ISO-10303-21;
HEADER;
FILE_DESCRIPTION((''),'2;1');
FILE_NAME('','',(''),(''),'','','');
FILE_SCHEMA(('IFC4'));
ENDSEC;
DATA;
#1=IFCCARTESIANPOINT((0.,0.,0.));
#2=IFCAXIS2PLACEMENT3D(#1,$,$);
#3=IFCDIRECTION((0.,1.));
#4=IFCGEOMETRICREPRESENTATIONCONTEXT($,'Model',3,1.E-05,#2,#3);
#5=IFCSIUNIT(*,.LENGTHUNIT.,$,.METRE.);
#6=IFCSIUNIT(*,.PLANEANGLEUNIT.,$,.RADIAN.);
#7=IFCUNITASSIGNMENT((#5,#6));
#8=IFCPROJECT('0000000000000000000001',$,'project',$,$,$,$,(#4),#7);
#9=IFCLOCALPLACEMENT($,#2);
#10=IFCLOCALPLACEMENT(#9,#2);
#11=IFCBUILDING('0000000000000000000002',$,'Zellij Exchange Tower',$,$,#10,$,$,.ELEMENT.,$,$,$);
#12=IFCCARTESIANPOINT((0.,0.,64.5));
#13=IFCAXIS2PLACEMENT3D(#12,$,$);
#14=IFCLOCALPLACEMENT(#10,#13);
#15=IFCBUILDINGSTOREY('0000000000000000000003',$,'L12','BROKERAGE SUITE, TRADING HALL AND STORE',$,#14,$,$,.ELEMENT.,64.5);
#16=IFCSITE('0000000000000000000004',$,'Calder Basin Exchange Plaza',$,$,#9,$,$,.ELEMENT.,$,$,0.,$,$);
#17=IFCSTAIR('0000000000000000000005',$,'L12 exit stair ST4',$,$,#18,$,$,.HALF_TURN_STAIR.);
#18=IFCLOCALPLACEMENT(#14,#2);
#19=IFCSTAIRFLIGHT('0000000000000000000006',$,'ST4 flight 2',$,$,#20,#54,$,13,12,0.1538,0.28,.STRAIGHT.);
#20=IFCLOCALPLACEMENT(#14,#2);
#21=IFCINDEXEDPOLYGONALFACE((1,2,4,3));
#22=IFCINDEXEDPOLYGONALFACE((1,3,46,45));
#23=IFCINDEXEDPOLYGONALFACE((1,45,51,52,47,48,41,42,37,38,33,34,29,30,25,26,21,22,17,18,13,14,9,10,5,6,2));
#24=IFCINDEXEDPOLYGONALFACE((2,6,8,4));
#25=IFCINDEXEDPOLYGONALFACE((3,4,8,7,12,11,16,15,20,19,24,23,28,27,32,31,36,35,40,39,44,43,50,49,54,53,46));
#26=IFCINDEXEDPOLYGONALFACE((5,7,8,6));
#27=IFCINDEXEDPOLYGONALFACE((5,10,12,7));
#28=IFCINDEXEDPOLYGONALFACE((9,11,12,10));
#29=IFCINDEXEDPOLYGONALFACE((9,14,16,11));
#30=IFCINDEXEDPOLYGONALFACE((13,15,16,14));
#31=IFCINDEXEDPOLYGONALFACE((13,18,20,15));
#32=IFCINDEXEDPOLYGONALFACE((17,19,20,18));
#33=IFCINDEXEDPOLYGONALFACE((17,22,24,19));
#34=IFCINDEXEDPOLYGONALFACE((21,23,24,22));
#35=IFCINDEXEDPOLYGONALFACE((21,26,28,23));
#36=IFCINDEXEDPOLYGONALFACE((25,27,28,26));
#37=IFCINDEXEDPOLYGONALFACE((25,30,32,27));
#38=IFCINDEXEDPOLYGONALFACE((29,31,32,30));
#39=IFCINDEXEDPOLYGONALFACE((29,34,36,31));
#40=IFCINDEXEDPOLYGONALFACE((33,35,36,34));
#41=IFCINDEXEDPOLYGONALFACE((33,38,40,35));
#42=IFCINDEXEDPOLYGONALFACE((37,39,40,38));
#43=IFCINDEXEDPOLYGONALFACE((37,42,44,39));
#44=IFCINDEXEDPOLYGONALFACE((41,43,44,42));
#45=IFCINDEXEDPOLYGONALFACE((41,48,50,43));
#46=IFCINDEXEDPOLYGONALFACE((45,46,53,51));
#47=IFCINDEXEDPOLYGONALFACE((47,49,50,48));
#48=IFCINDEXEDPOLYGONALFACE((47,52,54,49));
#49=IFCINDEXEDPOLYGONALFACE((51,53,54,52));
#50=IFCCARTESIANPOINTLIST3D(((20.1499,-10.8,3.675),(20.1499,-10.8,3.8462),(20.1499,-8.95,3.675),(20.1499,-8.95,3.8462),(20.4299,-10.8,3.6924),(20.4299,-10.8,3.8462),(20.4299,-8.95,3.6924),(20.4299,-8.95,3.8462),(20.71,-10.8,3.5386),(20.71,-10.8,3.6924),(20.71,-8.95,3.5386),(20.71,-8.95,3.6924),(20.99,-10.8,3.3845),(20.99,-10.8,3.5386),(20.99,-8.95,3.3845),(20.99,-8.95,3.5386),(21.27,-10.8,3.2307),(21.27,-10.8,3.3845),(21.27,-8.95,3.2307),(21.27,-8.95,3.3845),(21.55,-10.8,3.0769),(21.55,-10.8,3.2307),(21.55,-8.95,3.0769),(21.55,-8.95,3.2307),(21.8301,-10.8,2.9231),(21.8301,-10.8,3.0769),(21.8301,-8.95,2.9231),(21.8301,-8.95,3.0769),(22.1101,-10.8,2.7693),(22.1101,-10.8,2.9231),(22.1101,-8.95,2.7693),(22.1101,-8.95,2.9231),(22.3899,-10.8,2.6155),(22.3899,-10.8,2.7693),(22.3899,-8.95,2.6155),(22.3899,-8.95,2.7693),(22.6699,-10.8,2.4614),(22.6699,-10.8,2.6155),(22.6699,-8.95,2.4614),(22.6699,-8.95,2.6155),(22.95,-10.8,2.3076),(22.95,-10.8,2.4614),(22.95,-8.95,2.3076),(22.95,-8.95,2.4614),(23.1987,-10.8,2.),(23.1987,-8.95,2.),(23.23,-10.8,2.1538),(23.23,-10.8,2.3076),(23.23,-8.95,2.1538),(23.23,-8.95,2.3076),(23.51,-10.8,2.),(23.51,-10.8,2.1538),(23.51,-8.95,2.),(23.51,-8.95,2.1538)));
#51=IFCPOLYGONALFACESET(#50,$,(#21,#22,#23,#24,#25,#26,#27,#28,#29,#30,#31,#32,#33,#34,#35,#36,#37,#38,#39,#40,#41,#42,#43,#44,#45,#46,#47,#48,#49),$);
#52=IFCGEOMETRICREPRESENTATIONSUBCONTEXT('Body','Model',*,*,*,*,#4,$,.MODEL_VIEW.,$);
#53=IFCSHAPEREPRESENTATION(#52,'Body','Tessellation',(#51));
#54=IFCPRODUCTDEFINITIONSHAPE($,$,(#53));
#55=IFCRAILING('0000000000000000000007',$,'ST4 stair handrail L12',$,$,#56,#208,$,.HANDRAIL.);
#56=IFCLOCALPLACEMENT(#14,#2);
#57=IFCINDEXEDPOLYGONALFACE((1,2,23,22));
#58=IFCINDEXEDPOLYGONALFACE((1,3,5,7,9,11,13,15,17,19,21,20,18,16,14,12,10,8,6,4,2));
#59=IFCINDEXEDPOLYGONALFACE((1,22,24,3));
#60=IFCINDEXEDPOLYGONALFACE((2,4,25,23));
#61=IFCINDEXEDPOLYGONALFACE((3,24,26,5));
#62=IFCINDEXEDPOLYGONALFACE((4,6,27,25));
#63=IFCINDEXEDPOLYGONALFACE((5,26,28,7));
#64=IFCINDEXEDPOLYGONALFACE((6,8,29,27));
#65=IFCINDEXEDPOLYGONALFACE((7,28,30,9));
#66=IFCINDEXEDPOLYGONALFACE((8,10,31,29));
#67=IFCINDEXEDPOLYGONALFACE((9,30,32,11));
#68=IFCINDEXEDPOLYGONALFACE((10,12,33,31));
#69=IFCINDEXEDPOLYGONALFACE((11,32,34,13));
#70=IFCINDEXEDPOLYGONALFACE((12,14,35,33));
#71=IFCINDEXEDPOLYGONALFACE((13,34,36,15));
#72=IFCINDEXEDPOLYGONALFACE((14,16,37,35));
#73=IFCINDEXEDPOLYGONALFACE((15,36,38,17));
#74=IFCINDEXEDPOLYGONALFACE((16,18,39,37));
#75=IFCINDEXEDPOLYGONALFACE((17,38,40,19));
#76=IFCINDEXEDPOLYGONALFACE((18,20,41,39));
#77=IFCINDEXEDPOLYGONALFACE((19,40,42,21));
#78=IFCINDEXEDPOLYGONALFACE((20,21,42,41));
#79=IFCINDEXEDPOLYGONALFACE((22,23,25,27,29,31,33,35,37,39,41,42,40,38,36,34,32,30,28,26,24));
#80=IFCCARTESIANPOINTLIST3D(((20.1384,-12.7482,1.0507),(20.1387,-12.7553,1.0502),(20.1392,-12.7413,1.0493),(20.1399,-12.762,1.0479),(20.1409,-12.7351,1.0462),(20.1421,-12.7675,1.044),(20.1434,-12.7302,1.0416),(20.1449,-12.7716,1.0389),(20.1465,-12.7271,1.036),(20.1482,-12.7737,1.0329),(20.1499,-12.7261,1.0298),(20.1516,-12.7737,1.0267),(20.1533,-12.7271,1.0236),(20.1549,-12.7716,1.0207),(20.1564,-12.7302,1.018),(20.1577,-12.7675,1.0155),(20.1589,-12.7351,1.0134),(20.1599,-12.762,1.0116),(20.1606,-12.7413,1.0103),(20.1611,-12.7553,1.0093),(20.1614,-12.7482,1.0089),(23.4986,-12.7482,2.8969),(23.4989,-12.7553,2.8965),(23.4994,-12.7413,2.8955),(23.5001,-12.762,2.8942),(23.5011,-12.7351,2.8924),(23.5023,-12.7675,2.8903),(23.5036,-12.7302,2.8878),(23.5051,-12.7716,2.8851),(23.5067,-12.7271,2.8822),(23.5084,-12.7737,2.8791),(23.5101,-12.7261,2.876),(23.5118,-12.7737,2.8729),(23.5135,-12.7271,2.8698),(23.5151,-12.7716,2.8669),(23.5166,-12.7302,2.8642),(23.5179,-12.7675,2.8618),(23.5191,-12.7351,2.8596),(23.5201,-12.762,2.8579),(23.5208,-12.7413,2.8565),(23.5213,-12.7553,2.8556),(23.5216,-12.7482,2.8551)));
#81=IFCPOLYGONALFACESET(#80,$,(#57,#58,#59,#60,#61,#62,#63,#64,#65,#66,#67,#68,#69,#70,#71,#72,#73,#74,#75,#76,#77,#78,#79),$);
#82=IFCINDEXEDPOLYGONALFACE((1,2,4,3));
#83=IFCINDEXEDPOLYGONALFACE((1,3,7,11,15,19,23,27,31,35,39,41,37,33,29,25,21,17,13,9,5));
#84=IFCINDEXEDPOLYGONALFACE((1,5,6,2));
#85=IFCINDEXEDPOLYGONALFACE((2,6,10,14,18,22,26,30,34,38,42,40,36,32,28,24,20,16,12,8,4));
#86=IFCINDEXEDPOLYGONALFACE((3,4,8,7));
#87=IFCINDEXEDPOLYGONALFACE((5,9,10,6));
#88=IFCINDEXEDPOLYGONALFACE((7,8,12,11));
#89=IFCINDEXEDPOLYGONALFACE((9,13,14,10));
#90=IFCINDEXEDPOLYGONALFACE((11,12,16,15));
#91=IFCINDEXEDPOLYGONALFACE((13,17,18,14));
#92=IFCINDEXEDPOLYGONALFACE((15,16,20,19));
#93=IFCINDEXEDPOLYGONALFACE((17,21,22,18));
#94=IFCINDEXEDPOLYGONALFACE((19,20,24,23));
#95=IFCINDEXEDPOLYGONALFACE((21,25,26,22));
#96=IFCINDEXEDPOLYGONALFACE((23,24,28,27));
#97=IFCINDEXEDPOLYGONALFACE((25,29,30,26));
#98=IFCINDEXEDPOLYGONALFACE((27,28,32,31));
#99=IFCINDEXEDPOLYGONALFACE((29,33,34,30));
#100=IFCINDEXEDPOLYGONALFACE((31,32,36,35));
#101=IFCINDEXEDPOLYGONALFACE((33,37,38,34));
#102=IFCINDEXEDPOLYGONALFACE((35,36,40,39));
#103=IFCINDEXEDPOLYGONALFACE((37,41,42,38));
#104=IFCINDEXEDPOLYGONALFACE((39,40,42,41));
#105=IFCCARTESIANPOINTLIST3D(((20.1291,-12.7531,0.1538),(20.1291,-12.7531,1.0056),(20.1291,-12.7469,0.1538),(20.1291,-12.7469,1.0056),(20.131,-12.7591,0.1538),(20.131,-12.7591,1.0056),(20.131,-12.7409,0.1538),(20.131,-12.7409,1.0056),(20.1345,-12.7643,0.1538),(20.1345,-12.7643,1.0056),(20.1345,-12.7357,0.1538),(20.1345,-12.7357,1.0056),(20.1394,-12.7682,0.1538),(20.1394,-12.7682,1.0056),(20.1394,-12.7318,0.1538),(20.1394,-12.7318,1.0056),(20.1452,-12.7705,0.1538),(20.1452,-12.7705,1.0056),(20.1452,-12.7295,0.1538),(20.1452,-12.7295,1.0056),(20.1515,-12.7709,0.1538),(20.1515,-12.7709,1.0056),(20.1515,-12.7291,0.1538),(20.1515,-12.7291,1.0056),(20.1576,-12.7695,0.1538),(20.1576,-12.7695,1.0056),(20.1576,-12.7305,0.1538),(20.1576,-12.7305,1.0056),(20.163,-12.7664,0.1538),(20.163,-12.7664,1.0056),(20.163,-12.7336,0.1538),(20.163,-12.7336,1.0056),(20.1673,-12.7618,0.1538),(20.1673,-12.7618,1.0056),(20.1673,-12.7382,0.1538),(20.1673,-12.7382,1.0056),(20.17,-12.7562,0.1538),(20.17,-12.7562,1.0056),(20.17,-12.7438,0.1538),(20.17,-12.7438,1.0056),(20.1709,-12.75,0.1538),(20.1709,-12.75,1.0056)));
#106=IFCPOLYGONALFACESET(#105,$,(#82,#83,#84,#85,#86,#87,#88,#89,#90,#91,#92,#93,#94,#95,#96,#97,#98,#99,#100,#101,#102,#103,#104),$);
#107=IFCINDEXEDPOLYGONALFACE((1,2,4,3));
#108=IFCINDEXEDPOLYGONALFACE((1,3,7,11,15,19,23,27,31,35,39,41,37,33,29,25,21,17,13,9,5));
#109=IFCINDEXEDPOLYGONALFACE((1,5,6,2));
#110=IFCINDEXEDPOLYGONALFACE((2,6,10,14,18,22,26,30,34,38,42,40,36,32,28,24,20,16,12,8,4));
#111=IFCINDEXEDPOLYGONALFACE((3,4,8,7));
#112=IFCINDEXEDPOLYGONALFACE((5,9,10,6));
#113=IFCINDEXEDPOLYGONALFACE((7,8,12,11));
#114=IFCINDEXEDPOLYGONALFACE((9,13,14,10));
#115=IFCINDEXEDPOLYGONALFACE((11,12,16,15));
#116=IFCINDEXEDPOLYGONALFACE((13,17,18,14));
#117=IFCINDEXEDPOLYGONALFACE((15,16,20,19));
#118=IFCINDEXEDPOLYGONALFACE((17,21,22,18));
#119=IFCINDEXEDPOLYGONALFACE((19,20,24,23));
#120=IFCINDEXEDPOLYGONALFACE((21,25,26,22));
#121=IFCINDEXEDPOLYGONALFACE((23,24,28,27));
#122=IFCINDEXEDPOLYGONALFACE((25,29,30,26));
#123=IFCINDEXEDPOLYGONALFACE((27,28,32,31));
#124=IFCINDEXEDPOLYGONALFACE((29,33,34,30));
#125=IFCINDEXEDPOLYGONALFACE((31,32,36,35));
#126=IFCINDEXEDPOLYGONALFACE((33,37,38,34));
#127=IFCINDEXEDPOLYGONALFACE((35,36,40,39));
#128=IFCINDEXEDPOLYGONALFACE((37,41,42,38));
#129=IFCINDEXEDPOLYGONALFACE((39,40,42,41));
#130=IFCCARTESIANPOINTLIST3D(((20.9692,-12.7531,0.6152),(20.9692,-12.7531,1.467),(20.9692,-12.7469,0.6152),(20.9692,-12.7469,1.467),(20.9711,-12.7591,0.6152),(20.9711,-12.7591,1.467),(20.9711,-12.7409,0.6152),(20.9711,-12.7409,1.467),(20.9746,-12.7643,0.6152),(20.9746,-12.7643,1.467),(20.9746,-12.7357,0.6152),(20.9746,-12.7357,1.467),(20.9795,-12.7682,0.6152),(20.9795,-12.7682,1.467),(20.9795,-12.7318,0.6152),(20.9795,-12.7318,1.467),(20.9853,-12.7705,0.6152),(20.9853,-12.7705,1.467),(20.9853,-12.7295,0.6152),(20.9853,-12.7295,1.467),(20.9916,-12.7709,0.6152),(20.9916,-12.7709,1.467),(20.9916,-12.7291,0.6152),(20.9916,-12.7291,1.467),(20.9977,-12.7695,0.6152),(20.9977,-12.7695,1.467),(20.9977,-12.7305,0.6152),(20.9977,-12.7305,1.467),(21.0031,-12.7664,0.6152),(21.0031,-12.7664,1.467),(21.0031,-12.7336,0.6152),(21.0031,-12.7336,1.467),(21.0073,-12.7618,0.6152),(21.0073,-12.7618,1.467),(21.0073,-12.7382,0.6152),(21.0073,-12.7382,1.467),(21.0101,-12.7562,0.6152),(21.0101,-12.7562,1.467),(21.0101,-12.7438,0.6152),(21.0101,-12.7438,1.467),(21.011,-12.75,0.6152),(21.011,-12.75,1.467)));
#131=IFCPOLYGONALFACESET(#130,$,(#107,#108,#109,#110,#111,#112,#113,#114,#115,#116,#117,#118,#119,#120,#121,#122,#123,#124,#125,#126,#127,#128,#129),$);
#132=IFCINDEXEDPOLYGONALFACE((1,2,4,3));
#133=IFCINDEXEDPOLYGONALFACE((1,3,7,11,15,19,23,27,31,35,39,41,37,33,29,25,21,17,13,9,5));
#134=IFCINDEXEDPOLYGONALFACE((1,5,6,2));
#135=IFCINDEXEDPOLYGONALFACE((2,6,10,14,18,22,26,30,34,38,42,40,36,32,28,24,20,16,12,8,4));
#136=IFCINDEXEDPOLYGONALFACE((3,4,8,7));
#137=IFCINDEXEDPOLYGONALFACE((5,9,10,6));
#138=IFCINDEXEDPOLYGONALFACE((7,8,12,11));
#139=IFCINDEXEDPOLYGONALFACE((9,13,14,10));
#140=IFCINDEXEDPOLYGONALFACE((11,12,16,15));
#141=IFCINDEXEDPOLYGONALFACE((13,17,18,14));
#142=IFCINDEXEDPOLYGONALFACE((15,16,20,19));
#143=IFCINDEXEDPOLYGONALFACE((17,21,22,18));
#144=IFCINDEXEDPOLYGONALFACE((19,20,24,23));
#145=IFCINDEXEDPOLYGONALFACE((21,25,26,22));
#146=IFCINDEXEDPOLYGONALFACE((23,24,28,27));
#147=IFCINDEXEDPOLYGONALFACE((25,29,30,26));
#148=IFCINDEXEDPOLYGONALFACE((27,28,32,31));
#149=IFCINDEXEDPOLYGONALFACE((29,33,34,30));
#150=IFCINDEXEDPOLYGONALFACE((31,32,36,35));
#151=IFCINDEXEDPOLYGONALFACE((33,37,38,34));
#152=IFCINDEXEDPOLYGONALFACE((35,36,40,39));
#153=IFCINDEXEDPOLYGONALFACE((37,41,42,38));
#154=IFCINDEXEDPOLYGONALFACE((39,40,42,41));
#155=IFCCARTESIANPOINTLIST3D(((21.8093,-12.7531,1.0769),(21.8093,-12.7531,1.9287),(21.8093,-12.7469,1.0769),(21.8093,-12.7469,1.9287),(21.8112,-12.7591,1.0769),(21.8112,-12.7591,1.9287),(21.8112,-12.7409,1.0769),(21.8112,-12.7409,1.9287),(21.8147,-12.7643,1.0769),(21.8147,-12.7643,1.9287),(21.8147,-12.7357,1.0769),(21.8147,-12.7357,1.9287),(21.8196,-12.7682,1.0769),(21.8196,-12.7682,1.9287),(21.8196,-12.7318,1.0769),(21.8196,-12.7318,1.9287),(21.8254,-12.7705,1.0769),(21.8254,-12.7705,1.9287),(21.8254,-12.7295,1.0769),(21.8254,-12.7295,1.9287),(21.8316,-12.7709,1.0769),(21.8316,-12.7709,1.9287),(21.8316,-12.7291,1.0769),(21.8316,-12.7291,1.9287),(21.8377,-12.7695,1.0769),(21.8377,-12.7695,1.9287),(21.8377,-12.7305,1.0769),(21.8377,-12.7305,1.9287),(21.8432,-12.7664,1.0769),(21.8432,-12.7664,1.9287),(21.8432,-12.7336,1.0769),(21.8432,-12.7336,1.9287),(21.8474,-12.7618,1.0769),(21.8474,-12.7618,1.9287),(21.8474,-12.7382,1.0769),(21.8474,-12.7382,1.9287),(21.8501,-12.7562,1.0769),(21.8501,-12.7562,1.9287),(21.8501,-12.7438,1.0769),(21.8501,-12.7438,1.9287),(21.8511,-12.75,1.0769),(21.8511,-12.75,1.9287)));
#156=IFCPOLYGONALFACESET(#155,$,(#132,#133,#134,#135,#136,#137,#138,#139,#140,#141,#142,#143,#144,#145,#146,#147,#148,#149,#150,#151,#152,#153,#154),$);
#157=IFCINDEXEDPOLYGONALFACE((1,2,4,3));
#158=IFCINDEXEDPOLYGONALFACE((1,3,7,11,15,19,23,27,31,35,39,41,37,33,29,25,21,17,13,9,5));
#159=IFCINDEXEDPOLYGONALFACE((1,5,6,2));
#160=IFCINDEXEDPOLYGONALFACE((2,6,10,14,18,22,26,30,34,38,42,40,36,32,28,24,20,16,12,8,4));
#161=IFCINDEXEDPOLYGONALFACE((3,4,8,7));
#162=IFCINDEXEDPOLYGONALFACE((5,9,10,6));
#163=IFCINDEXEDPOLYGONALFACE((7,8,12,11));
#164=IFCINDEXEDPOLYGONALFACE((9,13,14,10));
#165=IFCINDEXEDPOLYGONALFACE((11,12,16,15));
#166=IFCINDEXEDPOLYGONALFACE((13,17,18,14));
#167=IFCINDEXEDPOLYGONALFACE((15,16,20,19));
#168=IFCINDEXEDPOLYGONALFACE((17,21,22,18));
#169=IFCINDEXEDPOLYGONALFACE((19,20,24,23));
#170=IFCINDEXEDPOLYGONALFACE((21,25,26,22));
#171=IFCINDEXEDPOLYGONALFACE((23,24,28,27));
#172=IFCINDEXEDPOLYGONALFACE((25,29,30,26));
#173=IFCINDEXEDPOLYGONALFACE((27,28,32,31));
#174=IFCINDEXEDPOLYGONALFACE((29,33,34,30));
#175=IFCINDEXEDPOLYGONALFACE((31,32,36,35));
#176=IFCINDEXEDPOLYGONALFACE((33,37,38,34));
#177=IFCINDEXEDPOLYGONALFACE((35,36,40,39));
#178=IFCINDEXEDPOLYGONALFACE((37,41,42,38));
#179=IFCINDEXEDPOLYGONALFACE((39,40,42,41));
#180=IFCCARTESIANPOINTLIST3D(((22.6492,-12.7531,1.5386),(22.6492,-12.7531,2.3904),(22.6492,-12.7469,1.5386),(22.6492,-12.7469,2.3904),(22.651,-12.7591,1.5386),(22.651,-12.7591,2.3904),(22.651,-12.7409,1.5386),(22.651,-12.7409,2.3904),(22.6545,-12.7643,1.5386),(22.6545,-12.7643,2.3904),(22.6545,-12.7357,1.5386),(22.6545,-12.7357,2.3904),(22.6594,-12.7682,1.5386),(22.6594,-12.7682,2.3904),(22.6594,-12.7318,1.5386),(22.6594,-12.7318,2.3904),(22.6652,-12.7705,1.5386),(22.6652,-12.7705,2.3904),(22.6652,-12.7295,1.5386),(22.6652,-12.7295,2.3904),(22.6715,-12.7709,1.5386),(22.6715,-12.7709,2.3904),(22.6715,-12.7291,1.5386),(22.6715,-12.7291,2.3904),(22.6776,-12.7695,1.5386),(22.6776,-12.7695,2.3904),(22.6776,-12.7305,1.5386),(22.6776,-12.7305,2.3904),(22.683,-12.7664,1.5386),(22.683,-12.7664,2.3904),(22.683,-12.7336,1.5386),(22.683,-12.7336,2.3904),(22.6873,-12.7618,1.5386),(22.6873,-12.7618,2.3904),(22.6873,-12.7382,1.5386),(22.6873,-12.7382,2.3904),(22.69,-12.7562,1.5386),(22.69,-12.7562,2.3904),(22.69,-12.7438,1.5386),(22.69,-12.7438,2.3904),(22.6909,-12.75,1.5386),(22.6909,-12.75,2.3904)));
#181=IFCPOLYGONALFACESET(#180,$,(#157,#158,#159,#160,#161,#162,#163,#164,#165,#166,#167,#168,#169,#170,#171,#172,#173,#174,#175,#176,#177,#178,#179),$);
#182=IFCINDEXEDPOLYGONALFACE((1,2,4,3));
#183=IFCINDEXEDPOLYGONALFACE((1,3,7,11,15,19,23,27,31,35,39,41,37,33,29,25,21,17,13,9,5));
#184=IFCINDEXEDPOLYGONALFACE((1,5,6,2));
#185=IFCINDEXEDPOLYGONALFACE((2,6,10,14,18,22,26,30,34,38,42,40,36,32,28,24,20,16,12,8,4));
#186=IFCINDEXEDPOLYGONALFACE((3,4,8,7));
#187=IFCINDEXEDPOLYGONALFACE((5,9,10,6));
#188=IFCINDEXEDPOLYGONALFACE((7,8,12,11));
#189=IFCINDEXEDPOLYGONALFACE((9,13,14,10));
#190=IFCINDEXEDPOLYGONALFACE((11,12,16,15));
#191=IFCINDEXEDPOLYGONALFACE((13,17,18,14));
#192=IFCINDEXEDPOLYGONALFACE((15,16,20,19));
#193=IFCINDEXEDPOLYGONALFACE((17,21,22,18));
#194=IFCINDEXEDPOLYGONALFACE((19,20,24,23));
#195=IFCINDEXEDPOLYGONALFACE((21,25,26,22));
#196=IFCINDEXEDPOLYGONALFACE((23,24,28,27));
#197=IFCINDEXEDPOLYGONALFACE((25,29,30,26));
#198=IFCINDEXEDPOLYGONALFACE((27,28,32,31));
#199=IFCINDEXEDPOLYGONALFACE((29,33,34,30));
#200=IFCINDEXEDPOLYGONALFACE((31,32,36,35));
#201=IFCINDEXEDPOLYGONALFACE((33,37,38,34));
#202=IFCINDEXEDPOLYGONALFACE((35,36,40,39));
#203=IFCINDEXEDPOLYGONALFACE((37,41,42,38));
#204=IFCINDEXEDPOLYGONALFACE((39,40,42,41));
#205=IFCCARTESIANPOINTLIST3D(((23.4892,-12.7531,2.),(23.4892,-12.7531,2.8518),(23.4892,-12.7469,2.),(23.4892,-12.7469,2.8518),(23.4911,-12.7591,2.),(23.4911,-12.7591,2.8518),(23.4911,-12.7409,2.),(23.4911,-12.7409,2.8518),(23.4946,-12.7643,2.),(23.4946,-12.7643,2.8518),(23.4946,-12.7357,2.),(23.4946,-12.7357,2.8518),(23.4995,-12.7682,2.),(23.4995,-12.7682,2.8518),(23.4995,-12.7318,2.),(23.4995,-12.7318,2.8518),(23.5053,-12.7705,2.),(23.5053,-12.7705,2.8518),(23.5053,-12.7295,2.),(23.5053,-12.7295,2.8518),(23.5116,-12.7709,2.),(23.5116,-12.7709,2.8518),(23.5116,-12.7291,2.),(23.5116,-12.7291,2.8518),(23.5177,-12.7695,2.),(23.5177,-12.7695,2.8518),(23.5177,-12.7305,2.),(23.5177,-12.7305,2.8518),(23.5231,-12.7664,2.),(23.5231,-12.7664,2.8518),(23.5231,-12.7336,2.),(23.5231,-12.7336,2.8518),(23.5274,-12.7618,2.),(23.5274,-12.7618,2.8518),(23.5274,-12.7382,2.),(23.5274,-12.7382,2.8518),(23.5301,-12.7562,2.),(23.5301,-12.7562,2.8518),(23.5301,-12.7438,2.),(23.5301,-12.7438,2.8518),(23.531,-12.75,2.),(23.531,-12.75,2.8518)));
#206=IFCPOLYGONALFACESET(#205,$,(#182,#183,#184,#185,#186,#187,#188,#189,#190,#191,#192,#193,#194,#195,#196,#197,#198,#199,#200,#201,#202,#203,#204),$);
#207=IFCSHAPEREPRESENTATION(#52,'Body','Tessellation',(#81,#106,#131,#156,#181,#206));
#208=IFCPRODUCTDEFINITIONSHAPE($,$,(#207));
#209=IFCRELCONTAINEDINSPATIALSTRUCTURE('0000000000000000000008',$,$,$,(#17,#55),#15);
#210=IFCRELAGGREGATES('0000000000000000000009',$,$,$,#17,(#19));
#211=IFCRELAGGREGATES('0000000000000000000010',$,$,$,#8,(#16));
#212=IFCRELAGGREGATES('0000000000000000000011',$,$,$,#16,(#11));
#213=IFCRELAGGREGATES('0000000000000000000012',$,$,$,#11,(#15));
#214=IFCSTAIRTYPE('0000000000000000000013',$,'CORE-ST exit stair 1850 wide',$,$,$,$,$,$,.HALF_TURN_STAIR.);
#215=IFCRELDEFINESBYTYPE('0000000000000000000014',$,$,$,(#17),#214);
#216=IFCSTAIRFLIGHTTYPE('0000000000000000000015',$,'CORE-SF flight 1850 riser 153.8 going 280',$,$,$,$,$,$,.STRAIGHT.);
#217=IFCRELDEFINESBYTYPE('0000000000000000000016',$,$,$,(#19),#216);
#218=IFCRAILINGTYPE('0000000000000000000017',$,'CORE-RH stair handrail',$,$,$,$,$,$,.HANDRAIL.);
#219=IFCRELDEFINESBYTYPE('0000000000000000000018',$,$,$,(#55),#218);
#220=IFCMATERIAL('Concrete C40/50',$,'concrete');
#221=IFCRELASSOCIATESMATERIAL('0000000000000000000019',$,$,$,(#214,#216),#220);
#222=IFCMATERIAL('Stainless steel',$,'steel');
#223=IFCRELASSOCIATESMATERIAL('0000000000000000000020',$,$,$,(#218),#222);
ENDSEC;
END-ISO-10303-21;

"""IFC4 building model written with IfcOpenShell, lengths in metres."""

from ifc_helpers import new_model, si_unit, direction, frame, origin, origin_2d, place, context, subcontext, project, spatial, polyline, circle, outline, extrude, material, type_object, element, aggregate, save


model = new_model("IFC4")

# Units and contexts
model_context = context("Model", 3, precision=1e-05, world=origin(), true_north=direction((0.0, 1.0)))
body_context = subcontext(model_context, "Body", "Model", "MODEL_VIEW")
ifc_project = project(units=[si_unit("LENGTHUNIT", "METRE"), si_unit("PLANEANGLEUNIT", "RADIAN")], contexts=[model_context])

# Site, building, storey
site_placement = place(None, origin())
site = spatial("IfcSite", under=ifc_project, at=site_placement, Name="Calder Basin Exchange Plaza", CompositionType="ELEMENT", RefElevation=0.0)
building_placement = place(site_placement, origin())
building = spatial("IfcBuilding", under=site, at=building_placement, Name="Zellij Exchange Tower", CompositionType="ELEMENT")
storey_placement = place(building_placement, frame((0.0, 0.0, 64.5)))
storey = spatial("IfcBuildingStorey", under=building, at=storey_placement, Name="L12", Description="BROKERAGE SUITE, TRADING HALL AND STORE", CompositionType="ELEMENT", Elevation=64.5)

# Stair, stair flight
ifc_material_1 = material(Name="Concrete C40/50", Category="concrete")
stair_type = type_object("IfcStairType", Name="CORE-ST exit stair 1850 wide", PredefinedType="HALF_TURN_STAIR", material=ifc_material_1)
stair_placement = place(storey_placement, origin())
stair = element("IfcStair", 1, at=stair_placement, inside=storey, type_object=stair_type, Name="L12 exit stair ST4", PredefinedType="HALF_TURN_STAIR")
stair_flight_type = type_object("IfcStairFlightType", Name="CORE-SF flight 1850 riser 153.8 going 280", PredefinedType="STRAIGHT", material=ifc_material_1)
stair_flight_1_placement = place(storey_placement, frame((23.51, -9.875, 2.0), z_axis=(0.0, 0.0, 1.0), x_axis=(-1.0, 0.0, 0.0)))
stair_flight_1 = element("IfcStairFlight", 2, at=stair_flight_1_placement, type_object=stair_flight_type, Name="ST4 flight 2", NumberOfRisers=13, NumberOfTreads=12, PredefinedType="STRAIGHT", RiserHeight=0.1538, TreadLength=0.28, context=body_context, shape_type="SweptSolid", body=[
    extrude(outline(polyline([(0.0, 0.0), (0.0, 0.1538), (0.28, 0.1538), (0.28, 0.3076), (0.5601, 0.3076), (0.5601, 0.4614), (0.8401, 0.4614), (0.8401, 0.6155), (1.1201, 0.6155), (1.1201, 0.7693), (1.3999, 0.7693), (1.3999, 0.9231), (1.6799, 0.9231), (1.6799, 1.0769), (1.96, 1.0769), (1.96, 1.2307), (2.24, 1.2307), (2.24, 1.3845), (2.52, 1.3845), (2.52, 1.5386), (2.8, 1.5386), (2.8, 1.6924), (3.0801, 1.6924), (3.0801, 1.8462), (3.3601, 1.8462), (3.3601, 2.0), (3.3601, 1.675), (0.3113, 0.0), (0.0, 0.0)])), frame((0.0, 0.925, 0.0), z_axis=(0.0, -1.0, 0.0), x_axis=(1.0, 0.0, 0.0)), (0.0, 0.0, 1.0), 1.8501),
])
aggregate(stair, [stair_flight_1])

# Railing
ifc_material_2 = material(Name="Stainless steel", Category="steel")
railing_type = type_object("IfcRailingType", Name="CORE-RH stair handrail", PredefinedType="HANDRAIL", material=ifc_material_2)
railing_1_placement = place(storey_placement, frame((20.1499, -12.75, 0.1538)))
element("IfcRailing", 3, at=railing_1_placement, inside=storey, type_object=railing_type, Name="ST4 stair handrail L12", PredefinedType="HANDRAIL", context=body_context, shape_type="SweptSolid", body=[
    extrude(circle(Radius=0.0239, at=origin_2d()), frame((0.0, 0.0, 0.876), z_axis=(0.876422, 0.0, 0.481545), x_axis=(0.0, 1.0, 0.0)), (0.0, 0.0, 1.0), 3.834),
    extrude(circle(Radius=0.021, at=origin_2d()), origin(), (0.0, 0.0, 1.0), 0.8518),
    extrude(circle(Radius=0.021, at=origin_2d()), frame((0.8401, 0.0, 0.4614)), (0.0, 0.0, 1.0), 0.8518),
    extrude(circle(Radius=0.021, at=origin_2d()), frame((1.6802, 0.0, 0.9231)), (0.0, 0.0, 1.0), 0.8518),
    extrude(circle(Radius=0.021, at=origin_2d()), frame((2.52, 0.0, 1.3848)), (0.0, 0.0, 1.0), 0.8518),
    extrude(circle(Radius=0.021, at=origin_2d()), frame((3.3601, 0.0, 1.8462)), (0.0, 0.0, 1.0), 0.8518),
])

save(model, "model.ifc")
